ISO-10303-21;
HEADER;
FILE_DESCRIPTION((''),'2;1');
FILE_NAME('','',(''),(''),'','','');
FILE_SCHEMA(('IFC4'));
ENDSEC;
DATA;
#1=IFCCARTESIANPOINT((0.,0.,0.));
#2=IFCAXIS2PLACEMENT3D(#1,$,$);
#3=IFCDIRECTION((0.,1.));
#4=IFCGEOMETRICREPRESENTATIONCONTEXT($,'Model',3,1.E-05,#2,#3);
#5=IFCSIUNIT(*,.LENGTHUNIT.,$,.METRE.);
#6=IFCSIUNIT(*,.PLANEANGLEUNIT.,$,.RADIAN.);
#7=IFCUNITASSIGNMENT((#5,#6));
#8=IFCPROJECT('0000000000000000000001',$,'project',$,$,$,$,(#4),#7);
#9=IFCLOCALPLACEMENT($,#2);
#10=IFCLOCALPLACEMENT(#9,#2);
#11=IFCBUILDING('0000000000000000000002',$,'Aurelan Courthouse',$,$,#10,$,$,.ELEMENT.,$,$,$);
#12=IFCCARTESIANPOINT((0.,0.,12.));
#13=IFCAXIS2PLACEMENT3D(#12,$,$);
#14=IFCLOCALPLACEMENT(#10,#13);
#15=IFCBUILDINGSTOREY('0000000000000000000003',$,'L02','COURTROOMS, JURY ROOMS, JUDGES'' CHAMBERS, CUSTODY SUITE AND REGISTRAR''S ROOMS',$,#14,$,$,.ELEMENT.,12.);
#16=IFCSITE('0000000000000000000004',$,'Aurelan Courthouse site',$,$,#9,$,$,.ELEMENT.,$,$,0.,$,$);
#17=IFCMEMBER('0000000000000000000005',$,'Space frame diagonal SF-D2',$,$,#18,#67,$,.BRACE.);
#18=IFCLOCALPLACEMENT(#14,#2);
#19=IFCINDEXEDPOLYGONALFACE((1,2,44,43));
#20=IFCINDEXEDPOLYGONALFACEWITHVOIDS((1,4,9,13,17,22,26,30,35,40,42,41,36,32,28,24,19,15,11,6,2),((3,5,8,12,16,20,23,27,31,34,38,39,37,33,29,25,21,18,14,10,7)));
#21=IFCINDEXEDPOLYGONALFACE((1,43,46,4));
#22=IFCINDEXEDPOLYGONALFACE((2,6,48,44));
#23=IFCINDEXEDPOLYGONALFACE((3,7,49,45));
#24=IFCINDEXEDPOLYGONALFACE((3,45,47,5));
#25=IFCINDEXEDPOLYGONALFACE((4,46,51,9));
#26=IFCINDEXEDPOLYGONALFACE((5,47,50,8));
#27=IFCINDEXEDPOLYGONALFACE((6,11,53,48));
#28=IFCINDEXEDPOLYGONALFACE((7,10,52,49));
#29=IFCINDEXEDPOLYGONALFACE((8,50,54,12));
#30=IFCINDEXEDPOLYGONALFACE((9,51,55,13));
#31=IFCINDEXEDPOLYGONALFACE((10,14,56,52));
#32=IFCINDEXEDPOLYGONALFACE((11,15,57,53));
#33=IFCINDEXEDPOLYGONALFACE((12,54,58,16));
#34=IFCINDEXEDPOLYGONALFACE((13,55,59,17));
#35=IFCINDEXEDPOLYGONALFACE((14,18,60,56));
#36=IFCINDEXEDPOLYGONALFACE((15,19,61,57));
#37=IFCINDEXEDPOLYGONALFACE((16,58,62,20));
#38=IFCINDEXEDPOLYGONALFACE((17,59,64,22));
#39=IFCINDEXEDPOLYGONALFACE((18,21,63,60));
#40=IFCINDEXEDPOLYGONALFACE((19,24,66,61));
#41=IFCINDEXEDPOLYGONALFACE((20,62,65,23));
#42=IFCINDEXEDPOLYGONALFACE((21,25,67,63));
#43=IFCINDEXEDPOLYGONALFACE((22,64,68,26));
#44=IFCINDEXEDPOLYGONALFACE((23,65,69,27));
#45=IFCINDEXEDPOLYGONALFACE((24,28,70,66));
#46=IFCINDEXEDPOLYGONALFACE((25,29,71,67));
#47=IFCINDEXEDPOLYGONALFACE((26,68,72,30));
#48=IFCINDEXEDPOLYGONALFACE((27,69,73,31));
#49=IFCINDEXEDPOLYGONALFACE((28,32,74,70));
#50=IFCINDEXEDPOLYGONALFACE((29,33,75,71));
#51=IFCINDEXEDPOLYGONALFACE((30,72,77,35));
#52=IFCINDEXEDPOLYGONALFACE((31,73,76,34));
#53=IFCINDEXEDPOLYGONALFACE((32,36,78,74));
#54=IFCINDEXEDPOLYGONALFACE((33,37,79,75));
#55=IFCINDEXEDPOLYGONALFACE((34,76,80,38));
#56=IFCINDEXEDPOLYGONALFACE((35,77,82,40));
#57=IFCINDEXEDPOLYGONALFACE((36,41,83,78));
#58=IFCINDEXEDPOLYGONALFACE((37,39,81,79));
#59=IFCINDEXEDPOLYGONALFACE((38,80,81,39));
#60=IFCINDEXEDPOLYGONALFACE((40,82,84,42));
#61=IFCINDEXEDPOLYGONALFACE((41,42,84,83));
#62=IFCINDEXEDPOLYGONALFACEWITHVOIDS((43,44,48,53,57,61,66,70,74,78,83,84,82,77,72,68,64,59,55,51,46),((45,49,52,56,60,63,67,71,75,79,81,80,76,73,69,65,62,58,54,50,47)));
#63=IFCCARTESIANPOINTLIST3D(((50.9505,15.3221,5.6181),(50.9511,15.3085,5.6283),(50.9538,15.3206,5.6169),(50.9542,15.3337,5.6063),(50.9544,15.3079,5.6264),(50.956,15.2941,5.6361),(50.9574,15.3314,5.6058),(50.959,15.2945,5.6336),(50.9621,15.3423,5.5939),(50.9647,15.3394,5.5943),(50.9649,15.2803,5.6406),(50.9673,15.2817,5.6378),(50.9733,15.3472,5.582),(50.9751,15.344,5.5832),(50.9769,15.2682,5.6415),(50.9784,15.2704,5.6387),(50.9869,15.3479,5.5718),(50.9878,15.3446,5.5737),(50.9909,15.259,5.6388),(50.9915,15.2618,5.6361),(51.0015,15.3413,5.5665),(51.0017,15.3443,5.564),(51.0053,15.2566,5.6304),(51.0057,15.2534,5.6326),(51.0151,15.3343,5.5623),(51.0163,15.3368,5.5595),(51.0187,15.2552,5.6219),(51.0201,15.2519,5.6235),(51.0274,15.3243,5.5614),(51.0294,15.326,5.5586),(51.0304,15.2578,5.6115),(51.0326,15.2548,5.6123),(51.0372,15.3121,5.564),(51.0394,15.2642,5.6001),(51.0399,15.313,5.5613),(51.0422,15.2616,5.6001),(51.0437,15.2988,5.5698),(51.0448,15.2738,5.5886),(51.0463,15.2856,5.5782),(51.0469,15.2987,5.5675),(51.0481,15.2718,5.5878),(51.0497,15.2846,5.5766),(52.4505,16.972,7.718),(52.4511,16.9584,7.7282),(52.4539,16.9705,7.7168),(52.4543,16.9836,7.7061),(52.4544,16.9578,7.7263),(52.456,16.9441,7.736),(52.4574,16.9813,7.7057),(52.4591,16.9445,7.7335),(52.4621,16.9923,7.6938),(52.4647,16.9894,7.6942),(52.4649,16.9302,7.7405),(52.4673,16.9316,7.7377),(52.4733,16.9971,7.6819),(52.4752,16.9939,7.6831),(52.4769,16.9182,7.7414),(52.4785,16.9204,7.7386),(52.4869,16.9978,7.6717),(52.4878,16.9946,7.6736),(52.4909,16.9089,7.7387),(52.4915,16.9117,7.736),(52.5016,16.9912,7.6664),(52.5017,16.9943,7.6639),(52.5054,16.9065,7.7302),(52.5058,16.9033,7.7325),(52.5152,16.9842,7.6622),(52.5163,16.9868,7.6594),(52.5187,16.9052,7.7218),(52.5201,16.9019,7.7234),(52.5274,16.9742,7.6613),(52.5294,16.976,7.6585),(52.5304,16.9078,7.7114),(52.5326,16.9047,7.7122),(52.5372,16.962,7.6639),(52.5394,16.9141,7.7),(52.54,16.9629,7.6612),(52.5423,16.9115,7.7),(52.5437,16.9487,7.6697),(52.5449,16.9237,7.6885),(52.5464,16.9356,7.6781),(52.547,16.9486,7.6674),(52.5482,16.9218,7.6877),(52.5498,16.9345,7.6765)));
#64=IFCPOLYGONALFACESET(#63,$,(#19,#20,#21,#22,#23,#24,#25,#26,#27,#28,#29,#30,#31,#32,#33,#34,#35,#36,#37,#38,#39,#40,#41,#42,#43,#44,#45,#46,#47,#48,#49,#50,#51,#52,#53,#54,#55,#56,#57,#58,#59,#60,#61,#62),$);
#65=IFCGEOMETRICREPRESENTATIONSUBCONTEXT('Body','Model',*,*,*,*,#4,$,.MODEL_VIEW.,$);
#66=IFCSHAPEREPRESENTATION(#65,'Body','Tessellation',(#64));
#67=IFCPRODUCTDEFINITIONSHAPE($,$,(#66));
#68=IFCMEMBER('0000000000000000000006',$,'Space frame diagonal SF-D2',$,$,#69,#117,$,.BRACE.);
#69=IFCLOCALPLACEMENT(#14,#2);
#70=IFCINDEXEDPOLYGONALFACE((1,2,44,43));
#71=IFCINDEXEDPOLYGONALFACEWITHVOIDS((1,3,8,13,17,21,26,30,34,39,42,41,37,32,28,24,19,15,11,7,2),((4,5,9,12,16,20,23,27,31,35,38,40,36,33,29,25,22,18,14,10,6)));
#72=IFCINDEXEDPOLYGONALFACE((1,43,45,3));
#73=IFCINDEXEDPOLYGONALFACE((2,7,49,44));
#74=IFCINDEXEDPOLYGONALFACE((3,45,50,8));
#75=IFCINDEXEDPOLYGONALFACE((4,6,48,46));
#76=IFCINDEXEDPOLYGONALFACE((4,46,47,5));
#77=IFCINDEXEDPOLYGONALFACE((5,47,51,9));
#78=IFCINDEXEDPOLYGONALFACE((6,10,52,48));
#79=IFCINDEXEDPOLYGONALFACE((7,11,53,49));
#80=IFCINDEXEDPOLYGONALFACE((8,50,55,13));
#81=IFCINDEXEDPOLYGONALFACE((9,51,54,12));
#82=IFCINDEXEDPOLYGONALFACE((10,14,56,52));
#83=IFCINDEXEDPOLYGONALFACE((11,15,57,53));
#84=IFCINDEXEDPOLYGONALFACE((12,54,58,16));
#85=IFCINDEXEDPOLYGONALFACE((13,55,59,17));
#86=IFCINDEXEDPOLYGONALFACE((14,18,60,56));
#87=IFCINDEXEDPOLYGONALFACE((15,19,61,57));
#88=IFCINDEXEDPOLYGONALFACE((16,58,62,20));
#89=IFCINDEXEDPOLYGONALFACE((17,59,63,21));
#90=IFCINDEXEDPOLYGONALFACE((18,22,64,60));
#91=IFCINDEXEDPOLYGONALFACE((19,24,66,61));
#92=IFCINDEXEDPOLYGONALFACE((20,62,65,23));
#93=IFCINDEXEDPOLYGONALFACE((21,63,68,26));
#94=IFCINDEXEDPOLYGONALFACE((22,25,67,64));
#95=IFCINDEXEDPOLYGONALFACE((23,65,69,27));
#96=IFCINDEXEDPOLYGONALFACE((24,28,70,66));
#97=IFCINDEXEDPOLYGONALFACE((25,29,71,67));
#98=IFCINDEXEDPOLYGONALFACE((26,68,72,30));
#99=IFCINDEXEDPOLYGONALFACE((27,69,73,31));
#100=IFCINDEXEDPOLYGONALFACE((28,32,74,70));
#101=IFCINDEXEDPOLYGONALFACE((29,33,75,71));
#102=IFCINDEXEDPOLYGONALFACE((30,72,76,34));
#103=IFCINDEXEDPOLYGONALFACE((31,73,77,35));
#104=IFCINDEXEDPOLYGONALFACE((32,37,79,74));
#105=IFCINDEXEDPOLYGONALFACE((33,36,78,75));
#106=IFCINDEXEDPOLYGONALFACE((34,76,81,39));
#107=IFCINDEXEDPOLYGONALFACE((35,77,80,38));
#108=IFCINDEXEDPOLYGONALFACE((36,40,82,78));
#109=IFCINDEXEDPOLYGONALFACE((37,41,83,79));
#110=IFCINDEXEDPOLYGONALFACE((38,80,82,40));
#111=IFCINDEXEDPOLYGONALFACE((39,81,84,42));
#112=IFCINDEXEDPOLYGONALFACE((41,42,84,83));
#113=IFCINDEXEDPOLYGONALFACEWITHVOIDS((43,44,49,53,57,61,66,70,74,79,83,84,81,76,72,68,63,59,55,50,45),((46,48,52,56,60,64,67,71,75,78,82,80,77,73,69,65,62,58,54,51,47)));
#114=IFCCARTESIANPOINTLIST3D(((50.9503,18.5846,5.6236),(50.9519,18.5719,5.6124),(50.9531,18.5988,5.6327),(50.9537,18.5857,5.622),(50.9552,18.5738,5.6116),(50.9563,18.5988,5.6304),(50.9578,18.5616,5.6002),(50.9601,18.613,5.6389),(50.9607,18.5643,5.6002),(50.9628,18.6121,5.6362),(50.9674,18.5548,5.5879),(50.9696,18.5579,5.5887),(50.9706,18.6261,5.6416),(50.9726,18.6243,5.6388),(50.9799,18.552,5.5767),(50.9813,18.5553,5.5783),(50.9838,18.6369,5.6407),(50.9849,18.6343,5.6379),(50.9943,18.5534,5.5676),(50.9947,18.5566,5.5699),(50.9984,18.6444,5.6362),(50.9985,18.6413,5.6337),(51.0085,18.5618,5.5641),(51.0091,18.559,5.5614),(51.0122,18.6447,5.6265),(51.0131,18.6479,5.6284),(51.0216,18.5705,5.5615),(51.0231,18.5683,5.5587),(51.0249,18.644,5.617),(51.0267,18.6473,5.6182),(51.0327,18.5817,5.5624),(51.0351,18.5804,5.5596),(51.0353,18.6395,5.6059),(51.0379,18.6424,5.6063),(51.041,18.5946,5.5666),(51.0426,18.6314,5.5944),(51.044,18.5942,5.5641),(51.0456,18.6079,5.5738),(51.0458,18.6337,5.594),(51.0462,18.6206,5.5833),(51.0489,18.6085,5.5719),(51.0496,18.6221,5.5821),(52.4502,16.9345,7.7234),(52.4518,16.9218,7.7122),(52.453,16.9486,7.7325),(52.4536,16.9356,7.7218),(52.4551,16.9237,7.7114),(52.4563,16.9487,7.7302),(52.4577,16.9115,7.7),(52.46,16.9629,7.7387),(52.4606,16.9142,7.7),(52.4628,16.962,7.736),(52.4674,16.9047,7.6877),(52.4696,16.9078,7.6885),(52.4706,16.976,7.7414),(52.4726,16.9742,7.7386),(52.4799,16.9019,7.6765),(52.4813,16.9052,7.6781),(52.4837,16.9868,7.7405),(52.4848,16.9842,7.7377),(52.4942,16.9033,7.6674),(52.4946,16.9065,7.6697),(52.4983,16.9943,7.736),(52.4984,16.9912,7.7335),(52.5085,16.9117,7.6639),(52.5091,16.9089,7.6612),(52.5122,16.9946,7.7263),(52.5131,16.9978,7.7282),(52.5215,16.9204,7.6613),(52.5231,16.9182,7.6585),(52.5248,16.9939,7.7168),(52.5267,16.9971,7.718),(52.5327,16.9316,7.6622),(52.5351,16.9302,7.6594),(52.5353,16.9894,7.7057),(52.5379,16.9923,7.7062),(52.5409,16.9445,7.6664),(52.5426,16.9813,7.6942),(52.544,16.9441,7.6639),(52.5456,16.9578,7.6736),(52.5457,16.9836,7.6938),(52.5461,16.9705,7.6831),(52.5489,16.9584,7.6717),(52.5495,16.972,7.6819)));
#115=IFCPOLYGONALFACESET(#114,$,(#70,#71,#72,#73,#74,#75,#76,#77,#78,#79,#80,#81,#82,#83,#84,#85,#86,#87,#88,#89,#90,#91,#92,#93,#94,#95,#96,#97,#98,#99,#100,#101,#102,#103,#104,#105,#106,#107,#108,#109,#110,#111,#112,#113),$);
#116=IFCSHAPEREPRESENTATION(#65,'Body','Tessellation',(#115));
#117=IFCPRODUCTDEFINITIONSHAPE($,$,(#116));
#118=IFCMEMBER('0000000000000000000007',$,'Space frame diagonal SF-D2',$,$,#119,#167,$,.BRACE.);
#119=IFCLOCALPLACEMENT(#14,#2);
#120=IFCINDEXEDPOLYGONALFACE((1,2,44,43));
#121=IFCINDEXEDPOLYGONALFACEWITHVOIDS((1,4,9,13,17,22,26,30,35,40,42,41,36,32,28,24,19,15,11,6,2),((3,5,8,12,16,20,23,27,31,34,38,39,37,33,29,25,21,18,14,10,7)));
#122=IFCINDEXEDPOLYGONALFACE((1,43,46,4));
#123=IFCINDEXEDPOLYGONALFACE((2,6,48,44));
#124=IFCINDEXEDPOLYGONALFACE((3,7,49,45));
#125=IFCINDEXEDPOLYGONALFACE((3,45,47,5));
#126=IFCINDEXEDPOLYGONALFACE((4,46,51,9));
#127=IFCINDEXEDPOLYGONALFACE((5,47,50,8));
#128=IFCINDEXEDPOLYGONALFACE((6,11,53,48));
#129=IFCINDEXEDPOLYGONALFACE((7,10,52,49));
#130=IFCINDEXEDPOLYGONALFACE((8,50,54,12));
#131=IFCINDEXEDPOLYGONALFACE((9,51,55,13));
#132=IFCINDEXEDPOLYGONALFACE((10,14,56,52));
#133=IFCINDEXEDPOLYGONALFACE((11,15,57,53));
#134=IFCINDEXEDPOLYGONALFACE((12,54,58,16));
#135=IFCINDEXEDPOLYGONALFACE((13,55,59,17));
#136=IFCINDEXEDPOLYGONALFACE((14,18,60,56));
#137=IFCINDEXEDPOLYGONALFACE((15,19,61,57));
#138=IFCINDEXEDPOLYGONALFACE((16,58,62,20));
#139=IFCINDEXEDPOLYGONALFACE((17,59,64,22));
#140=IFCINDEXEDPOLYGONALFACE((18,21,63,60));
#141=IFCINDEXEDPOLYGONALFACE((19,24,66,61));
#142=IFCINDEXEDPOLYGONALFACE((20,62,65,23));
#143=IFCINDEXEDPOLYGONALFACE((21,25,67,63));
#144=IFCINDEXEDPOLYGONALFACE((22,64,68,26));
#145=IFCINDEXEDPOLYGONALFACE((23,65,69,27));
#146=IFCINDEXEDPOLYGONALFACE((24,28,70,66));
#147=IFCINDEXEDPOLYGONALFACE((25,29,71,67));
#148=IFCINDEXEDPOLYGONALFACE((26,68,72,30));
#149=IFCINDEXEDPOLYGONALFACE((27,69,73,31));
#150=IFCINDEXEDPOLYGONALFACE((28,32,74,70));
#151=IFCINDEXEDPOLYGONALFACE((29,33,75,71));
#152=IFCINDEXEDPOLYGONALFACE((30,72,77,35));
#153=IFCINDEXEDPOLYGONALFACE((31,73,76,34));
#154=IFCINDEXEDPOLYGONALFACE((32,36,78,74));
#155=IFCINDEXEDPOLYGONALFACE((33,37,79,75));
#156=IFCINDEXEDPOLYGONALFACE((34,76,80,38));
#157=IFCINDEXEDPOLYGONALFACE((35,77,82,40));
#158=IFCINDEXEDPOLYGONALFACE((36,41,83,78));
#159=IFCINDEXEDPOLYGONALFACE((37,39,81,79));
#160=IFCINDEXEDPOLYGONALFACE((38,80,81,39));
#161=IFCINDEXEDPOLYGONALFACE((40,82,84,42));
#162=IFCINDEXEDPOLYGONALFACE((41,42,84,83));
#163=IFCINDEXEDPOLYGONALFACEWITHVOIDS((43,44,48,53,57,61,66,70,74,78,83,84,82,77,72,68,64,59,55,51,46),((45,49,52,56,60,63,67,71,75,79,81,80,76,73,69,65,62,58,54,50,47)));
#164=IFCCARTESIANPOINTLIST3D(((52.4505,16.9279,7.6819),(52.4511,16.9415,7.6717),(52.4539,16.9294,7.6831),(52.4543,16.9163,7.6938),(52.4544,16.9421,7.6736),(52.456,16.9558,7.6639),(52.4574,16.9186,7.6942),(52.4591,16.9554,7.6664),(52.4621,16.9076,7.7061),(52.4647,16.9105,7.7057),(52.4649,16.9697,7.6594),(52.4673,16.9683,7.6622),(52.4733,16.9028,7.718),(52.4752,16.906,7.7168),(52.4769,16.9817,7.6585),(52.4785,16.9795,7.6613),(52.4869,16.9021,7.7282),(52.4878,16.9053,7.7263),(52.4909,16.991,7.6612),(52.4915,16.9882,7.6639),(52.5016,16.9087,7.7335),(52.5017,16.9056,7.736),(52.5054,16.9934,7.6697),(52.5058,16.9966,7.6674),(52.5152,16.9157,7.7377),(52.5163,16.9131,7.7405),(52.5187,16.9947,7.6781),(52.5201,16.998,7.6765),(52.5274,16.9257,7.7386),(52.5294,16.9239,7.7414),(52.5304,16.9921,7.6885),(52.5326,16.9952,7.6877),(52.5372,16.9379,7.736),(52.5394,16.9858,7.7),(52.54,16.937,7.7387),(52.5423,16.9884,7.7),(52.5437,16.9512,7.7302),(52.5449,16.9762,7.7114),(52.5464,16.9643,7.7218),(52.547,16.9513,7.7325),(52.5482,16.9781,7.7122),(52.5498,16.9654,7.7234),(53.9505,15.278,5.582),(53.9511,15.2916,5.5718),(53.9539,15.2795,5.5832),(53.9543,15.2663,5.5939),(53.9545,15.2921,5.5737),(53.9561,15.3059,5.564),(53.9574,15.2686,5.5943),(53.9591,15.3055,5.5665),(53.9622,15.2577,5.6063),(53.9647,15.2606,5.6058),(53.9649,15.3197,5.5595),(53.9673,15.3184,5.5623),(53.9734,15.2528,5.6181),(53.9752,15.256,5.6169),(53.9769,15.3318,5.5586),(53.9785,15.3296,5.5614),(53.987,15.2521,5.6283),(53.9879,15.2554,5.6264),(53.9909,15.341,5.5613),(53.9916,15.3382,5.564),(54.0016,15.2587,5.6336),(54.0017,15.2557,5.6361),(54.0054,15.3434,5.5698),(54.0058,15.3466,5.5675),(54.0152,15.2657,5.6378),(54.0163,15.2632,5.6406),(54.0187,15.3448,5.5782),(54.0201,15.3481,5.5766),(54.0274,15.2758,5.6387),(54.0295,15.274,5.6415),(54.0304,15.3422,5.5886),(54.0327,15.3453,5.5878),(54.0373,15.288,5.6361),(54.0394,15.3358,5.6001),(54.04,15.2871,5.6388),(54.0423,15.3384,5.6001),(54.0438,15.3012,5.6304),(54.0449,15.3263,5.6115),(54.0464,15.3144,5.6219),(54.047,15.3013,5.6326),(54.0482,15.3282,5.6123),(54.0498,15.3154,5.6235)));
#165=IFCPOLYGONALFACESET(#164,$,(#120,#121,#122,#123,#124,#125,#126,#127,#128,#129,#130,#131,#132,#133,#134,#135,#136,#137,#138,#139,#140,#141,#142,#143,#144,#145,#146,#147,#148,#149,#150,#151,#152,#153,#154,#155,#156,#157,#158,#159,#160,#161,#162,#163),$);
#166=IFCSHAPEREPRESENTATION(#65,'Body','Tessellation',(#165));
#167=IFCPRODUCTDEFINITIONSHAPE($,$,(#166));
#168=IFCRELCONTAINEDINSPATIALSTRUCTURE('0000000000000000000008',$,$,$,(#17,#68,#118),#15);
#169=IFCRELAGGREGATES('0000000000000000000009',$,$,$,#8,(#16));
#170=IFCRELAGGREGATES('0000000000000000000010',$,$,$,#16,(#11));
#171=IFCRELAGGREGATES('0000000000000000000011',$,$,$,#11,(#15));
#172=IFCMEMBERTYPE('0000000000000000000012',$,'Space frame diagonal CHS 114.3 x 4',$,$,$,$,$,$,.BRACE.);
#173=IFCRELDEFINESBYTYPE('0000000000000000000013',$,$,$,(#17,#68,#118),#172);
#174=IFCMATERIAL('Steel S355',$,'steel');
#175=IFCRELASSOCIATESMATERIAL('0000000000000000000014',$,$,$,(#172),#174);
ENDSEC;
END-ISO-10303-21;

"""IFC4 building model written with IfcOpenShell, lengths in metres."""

from ifc_helpers import new_model, si_unit, direction, frame, origin, origin_2d, place, context, subcontext, project, spatial, hollow_circle, extrude, material, material_profile, profile_set, type_object, element, save


model = new_model("IFC4")

# Units and contexts
model_context = context("Model", 3, precision=1e-05, world=origin(), true_north=direction((0.0, 1.0)))
body_context = subcontext(model_context, "Body", "Model", "MODEL_VIEW")
ifc_project = project(units=[si_unit("LENGTHUNIT", "METRE"), si_unit("PLANEANGLEUNIT", "RADIAN")], contexts=[model_context])

# Site, building, storey
site_placement = place(None, origin())
site = spatial("IfcSite", under=ifc_project, at=site_placement, Name="Aurelan Courthouse site", CompositionType="ELEMENT", RefElevation=0.0)
building_placement = place(site_placement, origin())
building = spatial("IfcBuilding", under=site, at=building_placement, Name="Aurelan Courthouse", CompositionType="ELEMENT")
storey_placement = place(building_placement, frame((0.0, 0.0, 12.0)))
storey = spatial("IfcBuildingStorey", under=building, at=storey_placement, Name="L02", Description="COURTROOMS, JURY ROOMS, JUDGES' CHAMBERS, CUSTODY SUITE AND REGISTRAR'S ROOMS", CompositionType="ELEMENT", Elevation=12.0)

# Members
ifc_material_1 = material(Name="Steel S355", Category="steel")
ifc_material_profile_1 = material_profile(ifc_material_1, hollow_circle(Radius=0.0571, WallThickness=0.0039, at=origin_2d()), Name="CHS 114.3 x 4")
ifc_profile_set_1 = profile_set([ifc_material_profile_1], Name="Steel S355")
member_type_1 = type_object("IfcMemberType", Name="Space frame diagonal CHS 114.3 x 4", PredefinedType="BRACE", material=ifc_profile_set_1)
for number, where, z_axis, x_axis, name in (
    (1, (52.5, 16.95, 7.7), (-0.489727, -0.538667, -0.685569), (0.73992, -0.672695, 0.0), "Space frame diagonal SF-D2"),
    (2, (52.5, 16.95, 7.7), (-0.489706, 0.538724, -0.68554), (-0.73997, -0.67264, 0.0), "Space frame diagonal SF-D2"),
    (3, (52.5, 16.95, 7.7), (0.489727, -0.538667, -0.685569), (0.73992, 0.672695, 0.0), "Space frame diagonal SF-D2"),
):
    element("IfcMember", number, at=place(storey_placement, frame(where, z_axis=z_axis, x_axis=x_axis)), inside=storey, type_object=member_type_1, Name=name, PredefinedType="BRACE", context=body_context, shape_type="SweptSolid", body=[
        extrude(hollow_circle(Radius=0.0571, WallThickness=0.0039, at=origin_2d()), origin(), (0.0, 0.0, 1.0), 3.063),
    ])

save(model, "model.ifc")
